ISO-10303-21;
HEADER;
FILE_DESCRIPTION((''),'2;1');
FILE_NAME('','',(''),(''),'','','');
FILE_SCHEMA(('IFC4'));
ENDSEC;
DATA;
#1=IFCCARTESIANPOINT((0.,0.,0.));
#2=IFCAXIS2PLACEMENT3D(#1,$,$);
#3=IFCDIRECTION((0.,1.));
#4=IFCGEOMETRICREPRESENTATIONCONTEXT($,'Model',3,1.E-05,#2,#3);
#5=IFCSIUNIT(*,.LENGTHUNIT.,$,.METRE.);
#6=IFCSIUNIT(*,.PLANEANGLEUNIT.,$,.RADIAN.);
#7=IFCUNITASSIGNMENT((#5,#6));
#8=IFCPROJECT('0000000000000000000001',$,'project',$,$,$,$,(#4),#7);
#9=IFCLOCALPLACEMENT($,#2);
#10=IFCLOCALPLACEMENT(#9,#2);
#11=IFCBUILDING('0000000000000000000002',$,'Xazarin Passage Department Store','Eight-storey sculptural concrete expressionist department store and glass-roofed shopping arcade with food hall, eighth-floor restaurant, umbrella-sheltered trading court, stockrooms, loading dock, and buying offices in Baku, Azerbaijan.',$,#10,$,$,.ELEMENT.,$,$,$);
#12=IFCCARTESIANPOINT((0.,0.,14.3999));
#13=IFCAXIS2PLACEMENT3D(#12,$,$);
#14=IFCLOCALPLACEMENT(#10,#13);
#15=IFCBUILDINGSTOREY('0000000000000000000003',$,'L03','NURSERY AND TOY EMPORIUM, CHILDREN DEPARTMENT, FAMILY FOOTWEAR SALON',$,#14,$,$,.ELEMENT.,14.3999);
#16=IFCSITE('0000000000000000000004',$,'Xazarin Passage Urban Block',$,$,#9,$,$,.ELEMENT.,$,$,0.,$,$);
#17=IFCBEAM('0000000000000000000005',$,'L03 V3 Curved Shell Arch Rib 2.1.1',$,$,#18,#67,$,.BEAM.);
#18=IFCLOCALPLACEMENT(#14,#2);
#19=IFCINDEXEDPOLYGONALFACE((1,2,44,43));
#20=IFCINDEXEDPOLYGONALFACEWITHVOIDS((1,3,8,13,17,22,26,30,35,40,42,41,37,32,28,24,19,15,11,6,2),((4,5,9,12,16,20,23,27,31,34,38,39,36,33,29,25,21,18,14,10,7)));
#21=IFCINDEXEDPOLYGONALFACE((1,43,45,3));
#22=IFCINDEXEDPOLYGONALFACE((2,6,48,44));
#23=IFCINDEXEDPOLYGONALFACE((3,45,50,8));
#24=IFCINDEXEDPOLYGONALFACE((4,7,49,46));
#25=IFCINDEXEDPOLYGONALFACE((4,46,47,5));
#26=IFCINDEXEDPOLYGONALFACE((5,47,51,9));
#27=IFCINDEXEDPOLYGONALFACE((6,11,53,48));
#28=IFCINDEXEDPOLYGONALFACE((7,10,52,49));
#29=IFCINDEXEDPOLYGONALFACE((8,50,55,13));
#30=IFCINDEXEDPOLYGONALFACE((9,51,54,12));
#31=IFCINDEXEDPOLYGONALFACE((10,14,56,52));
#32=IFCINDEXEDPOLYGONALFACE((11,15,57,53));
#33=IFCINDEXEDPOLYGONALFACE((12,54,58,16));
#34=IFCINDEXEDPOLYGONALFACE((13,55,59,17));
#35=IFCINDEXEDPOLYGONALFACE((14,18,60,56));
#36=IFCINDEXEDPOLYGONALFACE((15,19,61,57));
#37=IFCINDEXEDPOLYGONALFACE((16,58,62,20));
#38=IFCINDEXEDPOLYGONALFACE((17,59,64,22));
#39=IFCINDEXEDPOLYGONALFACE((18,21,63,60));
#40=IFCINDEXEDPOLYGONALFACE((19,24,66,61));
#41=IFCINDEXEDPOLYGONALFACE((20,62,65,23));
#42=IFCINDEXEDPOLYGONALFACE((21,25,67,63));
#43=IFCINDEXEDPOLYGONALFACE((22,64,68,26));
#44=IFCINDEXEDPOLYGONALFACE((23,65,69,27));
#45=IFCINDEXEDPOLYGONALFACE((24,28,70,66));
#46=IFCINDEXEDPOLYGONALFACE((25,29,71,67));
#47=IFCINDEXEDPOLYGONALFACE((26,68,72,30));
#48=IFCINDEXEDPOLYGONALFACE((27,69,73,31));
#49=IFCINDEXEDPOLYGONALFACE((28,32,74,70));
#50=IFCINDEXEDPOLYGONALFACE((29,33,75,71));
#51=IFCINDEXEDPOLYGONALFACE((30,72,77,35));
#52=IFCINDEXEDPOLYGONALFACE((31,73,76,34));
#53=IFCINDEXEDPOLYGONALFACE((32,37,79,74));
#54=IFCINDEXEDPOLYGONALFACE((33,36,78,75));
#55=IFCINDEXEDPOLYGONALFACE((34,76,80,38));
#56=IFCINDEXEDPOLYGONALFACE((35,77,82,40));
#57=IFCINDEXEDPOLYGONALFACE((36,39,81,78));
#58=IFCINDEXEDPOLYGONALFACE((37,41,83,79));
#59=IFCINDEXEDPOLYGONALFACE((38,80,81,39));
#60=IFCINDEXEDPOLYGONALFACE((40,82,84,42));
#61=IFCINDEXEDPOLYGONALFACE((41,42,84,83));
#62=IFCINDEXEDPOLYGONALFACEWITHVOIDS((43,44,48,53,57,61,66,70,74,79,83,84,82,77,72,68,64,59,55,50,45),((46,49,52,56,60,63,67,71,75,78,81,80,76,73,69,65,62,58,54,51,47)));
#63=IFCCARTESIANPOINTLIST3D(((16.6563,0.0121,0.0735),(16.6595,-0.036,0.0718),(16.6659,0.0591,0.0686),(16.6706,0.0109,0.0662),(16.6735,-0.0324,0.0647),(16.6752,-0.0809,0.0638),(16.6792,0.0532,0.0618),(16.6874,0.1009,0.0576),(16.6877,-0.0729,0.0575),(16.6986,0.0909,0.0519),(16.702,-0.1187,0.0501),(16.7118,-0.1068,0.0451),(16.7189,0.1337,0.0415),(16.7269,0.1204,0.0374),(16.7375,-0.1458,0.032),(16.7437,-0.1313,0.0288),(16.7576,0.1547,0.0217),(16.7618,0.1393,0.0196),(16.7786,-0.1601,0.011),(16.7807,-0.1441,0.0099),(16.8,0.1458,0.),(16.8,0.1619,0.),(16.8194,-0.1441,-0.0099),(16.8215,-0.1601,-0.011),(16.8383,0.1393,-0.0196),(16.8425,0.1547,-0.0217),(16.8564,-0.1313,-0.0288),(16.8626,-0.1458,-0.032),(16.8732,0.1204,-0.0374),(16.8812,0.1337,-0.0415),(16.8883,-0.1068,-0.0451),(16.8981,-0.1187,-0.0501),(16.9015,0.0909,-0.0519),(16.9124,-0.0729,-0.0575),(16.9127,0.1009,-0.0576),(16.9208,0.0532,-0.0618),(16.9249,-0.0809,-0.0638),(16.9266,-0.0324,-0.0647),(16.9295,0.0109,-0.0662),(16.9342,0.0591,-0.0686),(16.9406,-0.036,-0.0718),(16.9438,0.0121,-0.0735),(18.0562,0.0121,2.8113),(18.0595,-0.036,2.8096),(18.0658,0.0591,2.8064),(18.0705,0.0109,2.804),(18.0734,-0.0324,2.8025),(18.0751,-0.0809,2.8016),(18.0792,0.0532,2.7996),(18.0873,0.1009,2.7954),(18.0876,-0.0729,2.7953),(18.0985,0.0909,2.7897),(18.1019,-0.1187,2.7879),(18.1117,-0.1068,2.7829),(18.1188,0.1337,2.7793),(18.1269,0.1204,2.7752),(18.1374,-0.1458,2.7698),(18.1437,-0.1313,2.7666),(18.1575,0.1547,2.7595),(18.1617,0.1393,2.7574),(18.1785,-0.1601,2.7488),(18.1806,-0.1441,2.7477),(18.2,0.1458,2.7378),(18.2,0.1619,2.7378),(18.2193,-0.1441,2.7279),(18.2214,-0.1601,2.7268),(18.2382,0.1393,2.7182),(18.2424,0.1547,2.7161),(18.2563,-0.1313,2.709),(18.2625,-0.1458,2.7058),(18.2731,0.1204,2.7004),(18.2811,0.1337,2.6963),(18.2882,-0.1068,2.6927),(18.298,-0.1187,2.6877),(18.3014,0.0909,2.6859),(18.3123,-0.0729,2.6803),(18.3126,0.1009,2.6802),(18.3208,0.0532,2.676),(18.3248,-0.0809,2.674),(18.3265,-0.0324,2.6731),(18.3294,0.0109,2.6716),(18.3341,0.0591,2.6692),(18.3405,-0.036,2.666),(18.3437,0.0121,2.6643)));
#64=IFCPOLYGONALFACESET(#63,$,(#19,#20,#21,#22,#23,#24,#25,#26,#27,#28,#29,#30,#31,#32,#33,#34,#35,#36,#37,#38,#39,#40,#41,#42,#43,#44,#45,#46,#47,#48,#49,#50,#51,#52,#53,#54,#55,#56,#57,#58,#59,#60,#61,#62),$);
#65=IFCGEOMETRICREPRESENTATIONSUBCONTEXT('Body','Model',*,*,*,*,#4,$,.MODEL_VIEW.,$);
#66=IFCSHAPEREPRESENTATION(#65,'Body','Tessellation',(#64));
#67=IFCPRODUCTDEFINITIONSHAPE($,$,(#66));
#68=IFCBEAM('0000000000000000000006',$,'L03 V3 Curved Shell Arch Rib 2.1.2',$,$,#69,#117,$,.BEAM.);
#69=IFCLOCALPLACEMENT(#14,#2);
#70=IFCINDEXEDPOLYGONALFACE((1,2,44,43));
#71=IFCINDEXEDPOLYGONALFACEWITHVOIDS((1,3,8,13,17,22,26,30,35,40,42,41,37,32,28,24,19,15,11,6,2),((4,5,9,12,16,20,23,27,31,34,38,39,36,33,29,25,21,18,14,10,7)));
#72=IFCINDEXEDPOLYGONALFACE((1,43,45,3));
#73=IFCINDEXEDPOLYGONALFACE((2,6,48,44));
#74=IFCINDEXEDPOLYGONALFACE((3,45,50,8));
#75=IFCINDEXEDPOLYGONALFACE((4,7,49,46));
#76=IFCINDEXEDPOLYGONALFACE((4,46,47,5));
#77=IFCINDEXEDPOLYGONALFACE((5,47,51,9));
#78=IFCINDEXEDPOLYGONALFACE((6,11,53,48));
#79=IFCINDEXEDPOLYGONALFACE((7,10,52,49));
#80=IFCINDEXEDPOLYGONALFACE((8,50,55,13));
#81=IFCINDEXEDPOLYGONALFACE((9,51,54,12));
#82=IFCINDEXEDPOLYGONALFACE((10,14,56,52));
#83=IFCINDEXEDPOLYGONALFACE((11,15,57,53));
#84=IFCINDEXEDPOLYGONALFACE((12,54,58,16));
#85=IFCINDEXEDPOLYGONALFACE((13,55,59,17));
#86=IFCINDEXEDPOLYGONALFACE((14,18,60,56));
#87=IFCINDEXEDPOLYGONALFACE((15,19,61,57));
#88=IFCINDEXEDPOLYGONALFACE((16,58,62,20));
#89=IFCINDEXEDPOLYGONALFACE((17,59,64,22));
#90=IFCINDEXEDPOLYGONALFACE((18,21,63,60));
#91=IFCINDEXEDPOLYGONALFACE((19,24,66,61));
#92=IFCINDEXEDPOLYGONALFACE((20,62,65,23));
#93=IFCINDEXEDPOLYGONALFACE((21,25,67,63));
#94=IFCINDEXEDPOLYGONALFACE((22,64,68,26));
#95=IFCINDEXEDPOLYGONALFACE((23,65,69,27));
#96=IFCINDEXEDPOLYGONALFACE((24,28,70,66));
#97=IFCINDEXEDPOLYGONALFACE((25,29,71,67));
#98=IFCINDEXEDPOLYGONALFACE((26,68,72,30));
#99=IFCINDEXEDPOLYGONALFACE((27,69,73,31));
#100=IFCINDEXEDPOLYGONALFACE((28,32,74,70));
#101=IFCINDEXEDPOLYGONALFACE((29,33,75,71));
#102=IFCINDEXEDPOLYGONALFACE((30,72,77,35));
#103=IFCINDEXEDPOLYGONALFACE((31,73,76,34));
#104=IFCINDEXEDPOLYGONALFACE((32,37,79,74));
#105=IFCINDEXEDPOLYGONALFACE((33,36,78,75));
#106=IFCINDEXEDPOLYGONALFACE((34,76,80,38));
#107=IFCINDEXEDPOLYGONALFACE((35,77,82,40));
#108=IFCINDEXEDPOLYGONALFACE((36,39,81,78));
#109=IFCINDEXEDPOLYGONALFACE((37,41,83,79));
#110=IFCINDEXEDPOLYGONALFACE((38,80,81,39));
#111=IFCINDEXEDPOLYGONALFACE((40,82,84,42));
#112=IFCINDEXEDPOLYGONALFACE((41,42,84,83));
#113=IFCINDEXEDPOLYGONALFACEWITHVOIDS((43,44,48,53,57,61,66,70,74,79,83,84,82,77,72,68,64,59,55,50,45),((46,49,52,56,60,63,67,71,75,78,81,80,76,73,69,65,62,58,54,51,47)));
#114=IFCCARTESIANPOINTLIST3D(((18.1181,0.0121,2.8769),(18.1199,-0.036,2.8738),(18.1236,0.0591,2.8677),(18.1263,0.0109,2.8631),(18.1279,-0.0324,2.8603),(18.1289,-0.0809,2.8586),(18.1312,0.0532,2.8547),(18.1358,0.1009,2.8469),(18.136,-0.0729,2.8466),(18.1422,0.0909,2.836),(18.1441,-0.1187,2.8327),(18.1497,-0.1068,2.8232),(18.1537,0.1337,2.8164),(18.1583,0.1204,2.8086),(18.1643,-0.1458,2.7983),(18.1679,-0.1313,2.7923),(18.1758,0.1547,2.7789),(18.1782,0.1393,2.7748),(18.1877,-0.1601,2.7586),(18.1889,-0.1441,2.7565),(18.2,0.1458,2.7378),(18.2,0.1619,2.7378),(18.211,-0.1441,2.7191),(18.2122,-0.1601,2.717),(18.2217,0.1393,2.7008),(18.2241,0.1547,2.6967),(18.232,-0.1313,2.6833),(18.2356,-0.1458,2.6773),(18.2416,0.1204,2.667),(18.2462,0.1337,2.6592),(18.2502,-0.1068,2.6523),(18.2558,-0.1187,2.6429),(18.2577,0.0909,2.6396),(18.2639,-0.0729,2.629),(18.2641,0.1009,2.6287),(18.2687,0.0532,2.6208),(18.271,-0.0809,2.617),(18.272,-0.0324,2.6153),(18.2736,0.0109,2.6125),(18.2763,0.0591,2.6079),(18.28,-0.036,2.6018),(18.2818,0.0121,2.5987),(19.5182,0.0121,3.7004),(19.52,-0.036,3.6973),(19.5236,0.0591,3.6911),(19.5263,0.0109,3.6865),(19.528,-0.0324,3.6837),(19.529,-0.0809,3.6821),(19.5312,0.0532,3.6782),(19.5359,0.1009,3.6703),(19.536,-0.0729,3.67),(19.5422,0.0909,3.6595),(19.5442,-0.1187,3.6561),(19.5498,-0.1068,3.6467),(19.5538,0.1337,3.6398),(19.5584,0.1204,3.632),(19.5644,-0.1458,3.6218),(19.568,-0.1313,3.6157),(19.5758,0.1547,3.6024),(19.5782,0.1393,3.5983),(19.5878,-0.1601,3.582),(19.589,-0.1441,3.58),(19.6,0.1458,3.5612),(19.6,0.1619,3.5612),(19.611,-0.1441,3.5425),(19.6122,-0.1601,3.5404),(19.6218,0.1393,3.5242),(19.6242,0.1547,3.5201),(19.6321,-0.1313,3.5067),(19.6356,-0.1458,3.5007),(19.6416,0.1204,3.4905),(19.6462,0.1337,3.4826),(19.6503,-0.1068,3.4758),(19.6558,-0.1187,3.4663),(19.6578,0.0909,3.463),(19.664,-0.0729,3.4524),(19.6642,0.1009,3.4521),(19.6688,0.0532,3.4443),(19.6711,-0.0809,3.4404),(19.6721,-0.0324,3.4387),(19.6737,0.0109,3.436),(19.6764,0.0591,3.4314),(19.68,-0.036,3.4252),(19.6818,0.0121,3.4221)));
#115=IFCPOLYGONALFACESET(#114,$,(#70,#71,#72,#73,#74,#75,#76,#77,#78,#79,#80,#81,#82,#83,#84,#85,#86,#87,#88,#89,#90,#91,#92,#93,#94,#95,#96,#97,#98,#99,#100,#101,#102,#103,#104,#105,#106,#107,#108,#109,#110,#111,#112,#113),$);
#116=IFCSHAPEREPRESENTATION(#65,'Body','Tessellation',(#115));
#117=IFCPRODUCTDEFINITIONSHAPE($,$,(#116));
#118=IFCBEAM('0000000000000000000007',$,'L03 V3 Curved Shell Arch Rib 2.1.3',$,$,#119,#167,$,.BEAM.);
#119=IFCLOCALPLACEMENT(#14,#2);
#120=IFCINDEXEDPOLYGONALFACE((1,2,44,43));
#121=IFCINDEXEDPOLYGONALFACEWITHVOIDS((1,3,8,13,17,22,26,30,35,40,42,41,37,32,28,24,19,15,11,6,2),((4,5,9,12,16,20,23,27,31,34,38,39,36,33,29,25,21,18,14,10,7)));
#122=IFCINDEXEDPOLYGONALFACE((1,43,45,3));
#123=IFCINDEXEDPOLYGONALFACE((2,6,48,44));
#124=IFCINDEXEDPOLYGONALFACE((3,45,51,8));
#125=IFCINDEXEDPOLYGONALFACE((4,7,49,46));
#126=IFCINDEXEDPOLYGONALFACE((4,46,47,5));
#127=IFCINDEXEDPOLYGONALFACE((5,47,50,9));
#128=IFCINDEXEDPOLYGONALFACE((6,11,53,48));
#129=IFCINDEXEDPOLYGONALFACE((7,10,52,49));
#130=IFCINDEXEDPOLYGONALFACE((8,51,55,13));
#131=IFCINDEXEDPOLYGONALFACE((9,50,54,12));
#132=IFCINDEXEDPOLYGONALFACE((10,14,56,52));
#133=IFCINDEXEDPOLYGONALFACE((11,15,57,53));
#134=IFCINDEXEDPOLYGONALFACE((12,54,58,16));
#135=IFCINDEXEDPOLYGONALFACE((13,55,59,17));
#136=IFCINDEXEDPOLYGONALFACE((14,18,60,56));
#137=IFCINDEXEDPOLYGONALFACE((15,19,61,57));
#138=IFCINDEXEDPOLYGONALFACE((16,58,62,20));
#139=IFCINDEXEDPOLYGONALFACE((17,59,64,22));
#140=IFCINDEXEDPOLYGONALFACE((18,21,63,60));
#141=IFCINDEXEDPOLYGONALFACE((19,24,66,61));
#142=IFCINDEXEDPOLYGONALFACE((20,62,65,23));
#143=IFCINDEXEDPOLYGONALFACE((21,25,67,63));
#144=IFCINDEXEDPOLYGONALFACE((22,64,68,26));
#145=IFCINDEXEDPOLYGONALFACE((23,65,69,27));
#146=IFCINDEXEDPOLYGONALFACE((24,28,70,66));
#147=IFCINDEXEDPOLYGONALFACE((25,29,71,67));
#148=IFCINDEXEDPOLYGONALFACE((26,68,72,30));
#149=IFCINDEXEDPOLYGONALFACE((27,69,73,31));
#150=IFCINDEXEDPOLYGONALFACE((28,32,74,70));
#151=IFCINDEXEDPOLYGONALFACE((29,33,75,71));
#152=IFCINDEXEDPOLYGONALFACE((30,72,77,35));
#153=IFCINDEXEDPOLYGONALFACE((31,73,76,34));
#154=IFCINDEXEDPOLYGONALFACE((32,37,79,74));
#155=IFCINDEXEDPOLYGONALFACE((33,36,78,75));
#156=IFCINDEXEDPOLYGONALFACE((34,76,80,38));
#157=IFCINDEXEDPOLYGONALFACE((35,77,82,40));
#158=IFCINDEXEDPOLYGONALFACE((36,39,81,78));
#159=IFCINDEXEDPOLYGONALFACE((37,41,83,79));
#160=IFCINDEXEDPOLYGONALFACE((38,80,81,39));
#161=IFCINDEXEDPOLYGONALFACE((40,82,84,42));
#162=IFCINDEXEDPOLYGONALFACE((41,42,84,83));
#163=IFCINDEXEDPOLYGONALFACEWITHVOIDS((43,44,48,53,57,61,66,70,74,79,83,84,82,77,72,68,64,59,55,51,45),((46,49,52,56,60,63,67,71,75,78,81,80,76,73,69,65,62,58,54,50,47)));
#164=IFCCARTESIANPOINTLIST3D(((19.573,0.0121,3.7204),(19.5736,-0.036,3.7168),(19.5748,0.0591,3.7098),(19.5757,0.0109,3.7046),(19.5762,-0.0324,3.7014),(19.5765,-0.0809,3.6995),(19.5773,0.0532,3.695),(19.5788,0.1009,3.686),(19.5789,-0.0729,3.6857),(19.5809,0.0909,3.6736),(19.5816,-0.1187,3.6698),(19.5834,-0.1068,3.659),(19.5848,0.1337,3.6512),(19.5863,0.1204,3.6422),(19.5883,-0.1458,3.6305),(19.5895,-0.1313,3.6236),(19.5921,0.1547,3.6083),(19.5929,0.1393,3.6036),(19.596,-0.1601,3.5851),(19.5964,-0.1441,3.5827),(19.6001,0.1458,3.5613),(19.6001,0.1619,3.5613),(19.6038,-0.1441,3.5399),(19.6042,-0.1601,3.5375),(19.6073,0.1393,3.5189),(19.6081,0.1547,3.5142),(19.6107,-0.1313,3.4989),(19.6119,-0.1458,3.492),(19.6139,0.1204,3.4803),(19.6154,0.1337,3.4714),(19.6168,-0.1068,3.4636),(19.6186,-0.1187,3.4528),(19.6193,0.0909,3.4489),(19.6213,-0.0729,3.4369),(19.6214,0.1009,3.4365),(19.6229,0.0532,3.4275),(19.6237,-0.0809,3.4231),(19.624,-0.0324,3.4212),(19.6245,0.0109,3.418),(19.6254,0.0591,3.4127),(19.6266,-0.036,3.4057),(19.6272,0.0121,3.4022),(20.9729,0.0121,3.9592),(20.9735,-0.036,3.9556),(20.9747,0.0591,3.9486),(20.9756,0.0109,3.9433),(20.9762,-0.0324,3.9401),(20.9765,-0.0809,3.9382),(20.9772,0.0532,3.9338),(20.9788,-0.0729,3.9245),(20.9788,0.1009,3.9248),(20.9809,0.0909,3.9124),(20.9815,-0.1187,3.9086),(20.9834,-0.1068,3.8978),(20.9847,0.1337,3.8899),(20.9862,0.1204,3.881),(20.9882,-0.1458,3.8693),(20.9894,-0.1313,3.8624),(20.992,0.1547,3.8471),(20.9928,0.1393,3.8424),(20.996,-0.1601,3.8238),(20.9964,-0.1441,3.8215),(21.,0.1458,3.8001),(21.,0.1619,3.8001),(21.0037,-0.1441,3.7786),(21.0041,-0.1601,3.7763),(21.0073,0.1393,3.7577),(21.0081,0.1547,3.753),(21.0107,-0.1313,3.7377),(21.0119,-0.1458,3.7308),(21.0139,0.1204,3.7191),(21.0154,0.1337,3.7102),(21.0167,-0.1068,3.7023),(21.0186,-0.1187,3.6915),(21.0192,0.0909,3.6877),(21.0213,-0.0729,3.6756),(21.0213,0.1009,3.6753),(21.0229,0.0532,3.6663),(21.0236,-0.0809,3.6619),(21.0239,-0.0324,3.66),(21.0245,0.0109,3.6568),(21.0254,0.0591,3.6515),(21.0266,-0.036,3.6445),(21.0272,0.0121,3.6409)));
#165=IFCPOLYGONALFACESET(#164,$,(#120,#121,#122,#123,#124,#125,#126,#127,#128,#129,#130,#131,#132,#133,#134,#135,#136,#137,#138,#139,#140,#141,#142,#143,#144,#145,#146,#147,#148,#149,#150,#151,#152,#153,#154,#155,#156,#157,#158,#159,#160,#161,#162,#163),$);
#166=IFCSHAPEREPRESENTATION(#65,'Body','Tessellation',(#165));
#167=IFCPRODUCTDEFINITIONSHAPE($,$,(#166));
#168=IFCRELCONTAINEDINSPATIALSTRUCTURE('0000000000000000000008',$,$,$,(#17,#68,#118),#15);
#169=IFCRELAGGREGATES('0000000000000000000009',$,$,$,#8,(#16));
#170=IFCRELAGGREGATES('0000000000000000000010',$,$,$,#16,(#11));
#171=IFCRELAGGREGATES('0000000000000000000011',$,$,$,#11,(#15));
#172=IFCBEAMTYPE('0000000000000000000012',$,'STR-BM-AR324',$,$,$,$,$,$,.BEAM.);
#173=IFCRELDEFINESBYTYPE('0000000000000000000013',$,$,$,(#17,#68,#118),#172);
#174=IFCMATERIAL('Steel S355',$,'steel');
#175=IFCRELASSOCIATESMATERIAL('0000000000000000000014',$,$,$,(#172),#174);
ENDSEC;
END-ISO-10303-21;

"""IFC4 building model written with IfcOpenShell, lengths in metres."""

from ifc_helpers import new_model, si_unit, direction, frame, origin, origin_2d, place, context, subcontext, project, spatial, hollow_circle, extrude, material, material_profile, profile_set, type_object, element, save


model = new_model("IFC4")

# Units and contexts
model_context = context("Model", 3, precision=1e-05, world=origin(), true_north=direction((0.0, 1.0)))
body_context = subcontext(model_context, "Body", "Model", "MODEL_VIEW")
ifc_project = project(units=[si_unit("LENGTHUNIT", "METRE"), si_unit("PLANEANGLEUNIT", "RADIAN")], contexts=[model_context])

# Site, building, storey
site_placement = place(None, origin())
site = spatial("IfcSite", under=ifc_project, at=site_placement, Name="Xazarin Passage Urban Block", CompositionType="ELEMENT", RefElevation=0.0)
building_placement = place(site_placement, origin())
building = spatial("IfcBuilding", under=site, at=building_placement, Name="Xazarin Passage Department Store", Description="Eight-storey sculptural concrete expressionist department store and glass-roofed shopping arcade with food hall, eighth-floor restaurant, umbrella-sheltered trading court, stockrooms, loading dock, and buying offices in Baku, Azerbaijan.", CompositionType="ELEMENT")
storey_placement = place(building_placement, frame((0.0, 0.0, 14.3999)))
storey = spatial("IfcBuildingStorey", under=building, at=storey_placement, Name="L03", Description="NURSERY AND TOY EMPORIUM, CHILDREN DEPARTMENT, FAMILY FOOTWEAR SALON", CompositionType="ELEMENT", Elevation=14.3999)

# Beams
ifc_material_1 = material(Name="Steel S355", Category="steel")
ifc_material_profile_1 = material_profile(ifc_material_1, hollow_circle(Radius=0.1619, WallThickness=0.0161, at=origin_2d()), Name="CHS 323.9x16")
ifc_profile_set_1 = profile_set([ifc_material_profile_1], Name="Steel S355")
beam_type_1 = type_object("IfcBeamType", Name="STR-BM-AR324", PredefinedType="BEAM", material=ifc_profile_set_1)
beam_1_placement = place(storey_placement, frame((16.8, 0.0, 0.0), z_axis=(0.455262, 0.0, 0.890357), x_axis=(0.0, 1.0, 0.0)))
element("IfcBeam", 1, at=beam_1_placement, inside=storey, type_object=beam_type_1, Name="L03 V3 Curved Shell Arch Rib 2.1.1", PredefinedType="BEAM", context=body_context, shape_type="SweptSolid", body=[
    extrude(hollow_circle(Radius=0.1619, WallThickness=0.0161, at=origin_2d()), origin(), (0.0, 0.0, 1.0), 3.075),
])
beam_2_placement = place(storey_placement, frame((18.2, 0.0, 2.7378), z_axis=(0.861969, 0.0, 0.506961), x_axis=(0.0, 1.0, 0.0)))
element("IfcBeam", 2, at=beam_2_placement, inside=storey, type_object=beam_type_1, Name="L03 V3 Curved Shell Arch Rib 2.1.2", PredefinedType="BEAM", context=body_context, shape_type="SweptSolid", body=[
    extrude(hollow_circle(Radius=0.1619, WallThickness=0.0161, at=origin_2d()), origin(), (0.0, 0.0, 1.0), 1.6243),
])
for number, where, z_axis, x_axis, name in (
    (3, (19.6001, 0.0, 3.5613), (0.985764, 0.0, 0.168133), (0.0, 1.0, 0.0), "L03 V3 Curved Shell Arch Rib 2.1.3"),
):
    element("IfcBeam", number, at=place(storey_placement, frame(where, z_axis=z_axis, x_axis=x_axis)), inside=storey, type_object=beam_type_1, Name=name, PredefinedType="BEAM", context=body_context, shape_type="SweptSolid", body=[
        extrude(hollow_circle(Radius=0.1619, WallThickness=0.0161, at=origin_2d()), origin(), (0.0, 0.0, 1.0), 1.4202),
    ])

save(model, "model.ifc")
